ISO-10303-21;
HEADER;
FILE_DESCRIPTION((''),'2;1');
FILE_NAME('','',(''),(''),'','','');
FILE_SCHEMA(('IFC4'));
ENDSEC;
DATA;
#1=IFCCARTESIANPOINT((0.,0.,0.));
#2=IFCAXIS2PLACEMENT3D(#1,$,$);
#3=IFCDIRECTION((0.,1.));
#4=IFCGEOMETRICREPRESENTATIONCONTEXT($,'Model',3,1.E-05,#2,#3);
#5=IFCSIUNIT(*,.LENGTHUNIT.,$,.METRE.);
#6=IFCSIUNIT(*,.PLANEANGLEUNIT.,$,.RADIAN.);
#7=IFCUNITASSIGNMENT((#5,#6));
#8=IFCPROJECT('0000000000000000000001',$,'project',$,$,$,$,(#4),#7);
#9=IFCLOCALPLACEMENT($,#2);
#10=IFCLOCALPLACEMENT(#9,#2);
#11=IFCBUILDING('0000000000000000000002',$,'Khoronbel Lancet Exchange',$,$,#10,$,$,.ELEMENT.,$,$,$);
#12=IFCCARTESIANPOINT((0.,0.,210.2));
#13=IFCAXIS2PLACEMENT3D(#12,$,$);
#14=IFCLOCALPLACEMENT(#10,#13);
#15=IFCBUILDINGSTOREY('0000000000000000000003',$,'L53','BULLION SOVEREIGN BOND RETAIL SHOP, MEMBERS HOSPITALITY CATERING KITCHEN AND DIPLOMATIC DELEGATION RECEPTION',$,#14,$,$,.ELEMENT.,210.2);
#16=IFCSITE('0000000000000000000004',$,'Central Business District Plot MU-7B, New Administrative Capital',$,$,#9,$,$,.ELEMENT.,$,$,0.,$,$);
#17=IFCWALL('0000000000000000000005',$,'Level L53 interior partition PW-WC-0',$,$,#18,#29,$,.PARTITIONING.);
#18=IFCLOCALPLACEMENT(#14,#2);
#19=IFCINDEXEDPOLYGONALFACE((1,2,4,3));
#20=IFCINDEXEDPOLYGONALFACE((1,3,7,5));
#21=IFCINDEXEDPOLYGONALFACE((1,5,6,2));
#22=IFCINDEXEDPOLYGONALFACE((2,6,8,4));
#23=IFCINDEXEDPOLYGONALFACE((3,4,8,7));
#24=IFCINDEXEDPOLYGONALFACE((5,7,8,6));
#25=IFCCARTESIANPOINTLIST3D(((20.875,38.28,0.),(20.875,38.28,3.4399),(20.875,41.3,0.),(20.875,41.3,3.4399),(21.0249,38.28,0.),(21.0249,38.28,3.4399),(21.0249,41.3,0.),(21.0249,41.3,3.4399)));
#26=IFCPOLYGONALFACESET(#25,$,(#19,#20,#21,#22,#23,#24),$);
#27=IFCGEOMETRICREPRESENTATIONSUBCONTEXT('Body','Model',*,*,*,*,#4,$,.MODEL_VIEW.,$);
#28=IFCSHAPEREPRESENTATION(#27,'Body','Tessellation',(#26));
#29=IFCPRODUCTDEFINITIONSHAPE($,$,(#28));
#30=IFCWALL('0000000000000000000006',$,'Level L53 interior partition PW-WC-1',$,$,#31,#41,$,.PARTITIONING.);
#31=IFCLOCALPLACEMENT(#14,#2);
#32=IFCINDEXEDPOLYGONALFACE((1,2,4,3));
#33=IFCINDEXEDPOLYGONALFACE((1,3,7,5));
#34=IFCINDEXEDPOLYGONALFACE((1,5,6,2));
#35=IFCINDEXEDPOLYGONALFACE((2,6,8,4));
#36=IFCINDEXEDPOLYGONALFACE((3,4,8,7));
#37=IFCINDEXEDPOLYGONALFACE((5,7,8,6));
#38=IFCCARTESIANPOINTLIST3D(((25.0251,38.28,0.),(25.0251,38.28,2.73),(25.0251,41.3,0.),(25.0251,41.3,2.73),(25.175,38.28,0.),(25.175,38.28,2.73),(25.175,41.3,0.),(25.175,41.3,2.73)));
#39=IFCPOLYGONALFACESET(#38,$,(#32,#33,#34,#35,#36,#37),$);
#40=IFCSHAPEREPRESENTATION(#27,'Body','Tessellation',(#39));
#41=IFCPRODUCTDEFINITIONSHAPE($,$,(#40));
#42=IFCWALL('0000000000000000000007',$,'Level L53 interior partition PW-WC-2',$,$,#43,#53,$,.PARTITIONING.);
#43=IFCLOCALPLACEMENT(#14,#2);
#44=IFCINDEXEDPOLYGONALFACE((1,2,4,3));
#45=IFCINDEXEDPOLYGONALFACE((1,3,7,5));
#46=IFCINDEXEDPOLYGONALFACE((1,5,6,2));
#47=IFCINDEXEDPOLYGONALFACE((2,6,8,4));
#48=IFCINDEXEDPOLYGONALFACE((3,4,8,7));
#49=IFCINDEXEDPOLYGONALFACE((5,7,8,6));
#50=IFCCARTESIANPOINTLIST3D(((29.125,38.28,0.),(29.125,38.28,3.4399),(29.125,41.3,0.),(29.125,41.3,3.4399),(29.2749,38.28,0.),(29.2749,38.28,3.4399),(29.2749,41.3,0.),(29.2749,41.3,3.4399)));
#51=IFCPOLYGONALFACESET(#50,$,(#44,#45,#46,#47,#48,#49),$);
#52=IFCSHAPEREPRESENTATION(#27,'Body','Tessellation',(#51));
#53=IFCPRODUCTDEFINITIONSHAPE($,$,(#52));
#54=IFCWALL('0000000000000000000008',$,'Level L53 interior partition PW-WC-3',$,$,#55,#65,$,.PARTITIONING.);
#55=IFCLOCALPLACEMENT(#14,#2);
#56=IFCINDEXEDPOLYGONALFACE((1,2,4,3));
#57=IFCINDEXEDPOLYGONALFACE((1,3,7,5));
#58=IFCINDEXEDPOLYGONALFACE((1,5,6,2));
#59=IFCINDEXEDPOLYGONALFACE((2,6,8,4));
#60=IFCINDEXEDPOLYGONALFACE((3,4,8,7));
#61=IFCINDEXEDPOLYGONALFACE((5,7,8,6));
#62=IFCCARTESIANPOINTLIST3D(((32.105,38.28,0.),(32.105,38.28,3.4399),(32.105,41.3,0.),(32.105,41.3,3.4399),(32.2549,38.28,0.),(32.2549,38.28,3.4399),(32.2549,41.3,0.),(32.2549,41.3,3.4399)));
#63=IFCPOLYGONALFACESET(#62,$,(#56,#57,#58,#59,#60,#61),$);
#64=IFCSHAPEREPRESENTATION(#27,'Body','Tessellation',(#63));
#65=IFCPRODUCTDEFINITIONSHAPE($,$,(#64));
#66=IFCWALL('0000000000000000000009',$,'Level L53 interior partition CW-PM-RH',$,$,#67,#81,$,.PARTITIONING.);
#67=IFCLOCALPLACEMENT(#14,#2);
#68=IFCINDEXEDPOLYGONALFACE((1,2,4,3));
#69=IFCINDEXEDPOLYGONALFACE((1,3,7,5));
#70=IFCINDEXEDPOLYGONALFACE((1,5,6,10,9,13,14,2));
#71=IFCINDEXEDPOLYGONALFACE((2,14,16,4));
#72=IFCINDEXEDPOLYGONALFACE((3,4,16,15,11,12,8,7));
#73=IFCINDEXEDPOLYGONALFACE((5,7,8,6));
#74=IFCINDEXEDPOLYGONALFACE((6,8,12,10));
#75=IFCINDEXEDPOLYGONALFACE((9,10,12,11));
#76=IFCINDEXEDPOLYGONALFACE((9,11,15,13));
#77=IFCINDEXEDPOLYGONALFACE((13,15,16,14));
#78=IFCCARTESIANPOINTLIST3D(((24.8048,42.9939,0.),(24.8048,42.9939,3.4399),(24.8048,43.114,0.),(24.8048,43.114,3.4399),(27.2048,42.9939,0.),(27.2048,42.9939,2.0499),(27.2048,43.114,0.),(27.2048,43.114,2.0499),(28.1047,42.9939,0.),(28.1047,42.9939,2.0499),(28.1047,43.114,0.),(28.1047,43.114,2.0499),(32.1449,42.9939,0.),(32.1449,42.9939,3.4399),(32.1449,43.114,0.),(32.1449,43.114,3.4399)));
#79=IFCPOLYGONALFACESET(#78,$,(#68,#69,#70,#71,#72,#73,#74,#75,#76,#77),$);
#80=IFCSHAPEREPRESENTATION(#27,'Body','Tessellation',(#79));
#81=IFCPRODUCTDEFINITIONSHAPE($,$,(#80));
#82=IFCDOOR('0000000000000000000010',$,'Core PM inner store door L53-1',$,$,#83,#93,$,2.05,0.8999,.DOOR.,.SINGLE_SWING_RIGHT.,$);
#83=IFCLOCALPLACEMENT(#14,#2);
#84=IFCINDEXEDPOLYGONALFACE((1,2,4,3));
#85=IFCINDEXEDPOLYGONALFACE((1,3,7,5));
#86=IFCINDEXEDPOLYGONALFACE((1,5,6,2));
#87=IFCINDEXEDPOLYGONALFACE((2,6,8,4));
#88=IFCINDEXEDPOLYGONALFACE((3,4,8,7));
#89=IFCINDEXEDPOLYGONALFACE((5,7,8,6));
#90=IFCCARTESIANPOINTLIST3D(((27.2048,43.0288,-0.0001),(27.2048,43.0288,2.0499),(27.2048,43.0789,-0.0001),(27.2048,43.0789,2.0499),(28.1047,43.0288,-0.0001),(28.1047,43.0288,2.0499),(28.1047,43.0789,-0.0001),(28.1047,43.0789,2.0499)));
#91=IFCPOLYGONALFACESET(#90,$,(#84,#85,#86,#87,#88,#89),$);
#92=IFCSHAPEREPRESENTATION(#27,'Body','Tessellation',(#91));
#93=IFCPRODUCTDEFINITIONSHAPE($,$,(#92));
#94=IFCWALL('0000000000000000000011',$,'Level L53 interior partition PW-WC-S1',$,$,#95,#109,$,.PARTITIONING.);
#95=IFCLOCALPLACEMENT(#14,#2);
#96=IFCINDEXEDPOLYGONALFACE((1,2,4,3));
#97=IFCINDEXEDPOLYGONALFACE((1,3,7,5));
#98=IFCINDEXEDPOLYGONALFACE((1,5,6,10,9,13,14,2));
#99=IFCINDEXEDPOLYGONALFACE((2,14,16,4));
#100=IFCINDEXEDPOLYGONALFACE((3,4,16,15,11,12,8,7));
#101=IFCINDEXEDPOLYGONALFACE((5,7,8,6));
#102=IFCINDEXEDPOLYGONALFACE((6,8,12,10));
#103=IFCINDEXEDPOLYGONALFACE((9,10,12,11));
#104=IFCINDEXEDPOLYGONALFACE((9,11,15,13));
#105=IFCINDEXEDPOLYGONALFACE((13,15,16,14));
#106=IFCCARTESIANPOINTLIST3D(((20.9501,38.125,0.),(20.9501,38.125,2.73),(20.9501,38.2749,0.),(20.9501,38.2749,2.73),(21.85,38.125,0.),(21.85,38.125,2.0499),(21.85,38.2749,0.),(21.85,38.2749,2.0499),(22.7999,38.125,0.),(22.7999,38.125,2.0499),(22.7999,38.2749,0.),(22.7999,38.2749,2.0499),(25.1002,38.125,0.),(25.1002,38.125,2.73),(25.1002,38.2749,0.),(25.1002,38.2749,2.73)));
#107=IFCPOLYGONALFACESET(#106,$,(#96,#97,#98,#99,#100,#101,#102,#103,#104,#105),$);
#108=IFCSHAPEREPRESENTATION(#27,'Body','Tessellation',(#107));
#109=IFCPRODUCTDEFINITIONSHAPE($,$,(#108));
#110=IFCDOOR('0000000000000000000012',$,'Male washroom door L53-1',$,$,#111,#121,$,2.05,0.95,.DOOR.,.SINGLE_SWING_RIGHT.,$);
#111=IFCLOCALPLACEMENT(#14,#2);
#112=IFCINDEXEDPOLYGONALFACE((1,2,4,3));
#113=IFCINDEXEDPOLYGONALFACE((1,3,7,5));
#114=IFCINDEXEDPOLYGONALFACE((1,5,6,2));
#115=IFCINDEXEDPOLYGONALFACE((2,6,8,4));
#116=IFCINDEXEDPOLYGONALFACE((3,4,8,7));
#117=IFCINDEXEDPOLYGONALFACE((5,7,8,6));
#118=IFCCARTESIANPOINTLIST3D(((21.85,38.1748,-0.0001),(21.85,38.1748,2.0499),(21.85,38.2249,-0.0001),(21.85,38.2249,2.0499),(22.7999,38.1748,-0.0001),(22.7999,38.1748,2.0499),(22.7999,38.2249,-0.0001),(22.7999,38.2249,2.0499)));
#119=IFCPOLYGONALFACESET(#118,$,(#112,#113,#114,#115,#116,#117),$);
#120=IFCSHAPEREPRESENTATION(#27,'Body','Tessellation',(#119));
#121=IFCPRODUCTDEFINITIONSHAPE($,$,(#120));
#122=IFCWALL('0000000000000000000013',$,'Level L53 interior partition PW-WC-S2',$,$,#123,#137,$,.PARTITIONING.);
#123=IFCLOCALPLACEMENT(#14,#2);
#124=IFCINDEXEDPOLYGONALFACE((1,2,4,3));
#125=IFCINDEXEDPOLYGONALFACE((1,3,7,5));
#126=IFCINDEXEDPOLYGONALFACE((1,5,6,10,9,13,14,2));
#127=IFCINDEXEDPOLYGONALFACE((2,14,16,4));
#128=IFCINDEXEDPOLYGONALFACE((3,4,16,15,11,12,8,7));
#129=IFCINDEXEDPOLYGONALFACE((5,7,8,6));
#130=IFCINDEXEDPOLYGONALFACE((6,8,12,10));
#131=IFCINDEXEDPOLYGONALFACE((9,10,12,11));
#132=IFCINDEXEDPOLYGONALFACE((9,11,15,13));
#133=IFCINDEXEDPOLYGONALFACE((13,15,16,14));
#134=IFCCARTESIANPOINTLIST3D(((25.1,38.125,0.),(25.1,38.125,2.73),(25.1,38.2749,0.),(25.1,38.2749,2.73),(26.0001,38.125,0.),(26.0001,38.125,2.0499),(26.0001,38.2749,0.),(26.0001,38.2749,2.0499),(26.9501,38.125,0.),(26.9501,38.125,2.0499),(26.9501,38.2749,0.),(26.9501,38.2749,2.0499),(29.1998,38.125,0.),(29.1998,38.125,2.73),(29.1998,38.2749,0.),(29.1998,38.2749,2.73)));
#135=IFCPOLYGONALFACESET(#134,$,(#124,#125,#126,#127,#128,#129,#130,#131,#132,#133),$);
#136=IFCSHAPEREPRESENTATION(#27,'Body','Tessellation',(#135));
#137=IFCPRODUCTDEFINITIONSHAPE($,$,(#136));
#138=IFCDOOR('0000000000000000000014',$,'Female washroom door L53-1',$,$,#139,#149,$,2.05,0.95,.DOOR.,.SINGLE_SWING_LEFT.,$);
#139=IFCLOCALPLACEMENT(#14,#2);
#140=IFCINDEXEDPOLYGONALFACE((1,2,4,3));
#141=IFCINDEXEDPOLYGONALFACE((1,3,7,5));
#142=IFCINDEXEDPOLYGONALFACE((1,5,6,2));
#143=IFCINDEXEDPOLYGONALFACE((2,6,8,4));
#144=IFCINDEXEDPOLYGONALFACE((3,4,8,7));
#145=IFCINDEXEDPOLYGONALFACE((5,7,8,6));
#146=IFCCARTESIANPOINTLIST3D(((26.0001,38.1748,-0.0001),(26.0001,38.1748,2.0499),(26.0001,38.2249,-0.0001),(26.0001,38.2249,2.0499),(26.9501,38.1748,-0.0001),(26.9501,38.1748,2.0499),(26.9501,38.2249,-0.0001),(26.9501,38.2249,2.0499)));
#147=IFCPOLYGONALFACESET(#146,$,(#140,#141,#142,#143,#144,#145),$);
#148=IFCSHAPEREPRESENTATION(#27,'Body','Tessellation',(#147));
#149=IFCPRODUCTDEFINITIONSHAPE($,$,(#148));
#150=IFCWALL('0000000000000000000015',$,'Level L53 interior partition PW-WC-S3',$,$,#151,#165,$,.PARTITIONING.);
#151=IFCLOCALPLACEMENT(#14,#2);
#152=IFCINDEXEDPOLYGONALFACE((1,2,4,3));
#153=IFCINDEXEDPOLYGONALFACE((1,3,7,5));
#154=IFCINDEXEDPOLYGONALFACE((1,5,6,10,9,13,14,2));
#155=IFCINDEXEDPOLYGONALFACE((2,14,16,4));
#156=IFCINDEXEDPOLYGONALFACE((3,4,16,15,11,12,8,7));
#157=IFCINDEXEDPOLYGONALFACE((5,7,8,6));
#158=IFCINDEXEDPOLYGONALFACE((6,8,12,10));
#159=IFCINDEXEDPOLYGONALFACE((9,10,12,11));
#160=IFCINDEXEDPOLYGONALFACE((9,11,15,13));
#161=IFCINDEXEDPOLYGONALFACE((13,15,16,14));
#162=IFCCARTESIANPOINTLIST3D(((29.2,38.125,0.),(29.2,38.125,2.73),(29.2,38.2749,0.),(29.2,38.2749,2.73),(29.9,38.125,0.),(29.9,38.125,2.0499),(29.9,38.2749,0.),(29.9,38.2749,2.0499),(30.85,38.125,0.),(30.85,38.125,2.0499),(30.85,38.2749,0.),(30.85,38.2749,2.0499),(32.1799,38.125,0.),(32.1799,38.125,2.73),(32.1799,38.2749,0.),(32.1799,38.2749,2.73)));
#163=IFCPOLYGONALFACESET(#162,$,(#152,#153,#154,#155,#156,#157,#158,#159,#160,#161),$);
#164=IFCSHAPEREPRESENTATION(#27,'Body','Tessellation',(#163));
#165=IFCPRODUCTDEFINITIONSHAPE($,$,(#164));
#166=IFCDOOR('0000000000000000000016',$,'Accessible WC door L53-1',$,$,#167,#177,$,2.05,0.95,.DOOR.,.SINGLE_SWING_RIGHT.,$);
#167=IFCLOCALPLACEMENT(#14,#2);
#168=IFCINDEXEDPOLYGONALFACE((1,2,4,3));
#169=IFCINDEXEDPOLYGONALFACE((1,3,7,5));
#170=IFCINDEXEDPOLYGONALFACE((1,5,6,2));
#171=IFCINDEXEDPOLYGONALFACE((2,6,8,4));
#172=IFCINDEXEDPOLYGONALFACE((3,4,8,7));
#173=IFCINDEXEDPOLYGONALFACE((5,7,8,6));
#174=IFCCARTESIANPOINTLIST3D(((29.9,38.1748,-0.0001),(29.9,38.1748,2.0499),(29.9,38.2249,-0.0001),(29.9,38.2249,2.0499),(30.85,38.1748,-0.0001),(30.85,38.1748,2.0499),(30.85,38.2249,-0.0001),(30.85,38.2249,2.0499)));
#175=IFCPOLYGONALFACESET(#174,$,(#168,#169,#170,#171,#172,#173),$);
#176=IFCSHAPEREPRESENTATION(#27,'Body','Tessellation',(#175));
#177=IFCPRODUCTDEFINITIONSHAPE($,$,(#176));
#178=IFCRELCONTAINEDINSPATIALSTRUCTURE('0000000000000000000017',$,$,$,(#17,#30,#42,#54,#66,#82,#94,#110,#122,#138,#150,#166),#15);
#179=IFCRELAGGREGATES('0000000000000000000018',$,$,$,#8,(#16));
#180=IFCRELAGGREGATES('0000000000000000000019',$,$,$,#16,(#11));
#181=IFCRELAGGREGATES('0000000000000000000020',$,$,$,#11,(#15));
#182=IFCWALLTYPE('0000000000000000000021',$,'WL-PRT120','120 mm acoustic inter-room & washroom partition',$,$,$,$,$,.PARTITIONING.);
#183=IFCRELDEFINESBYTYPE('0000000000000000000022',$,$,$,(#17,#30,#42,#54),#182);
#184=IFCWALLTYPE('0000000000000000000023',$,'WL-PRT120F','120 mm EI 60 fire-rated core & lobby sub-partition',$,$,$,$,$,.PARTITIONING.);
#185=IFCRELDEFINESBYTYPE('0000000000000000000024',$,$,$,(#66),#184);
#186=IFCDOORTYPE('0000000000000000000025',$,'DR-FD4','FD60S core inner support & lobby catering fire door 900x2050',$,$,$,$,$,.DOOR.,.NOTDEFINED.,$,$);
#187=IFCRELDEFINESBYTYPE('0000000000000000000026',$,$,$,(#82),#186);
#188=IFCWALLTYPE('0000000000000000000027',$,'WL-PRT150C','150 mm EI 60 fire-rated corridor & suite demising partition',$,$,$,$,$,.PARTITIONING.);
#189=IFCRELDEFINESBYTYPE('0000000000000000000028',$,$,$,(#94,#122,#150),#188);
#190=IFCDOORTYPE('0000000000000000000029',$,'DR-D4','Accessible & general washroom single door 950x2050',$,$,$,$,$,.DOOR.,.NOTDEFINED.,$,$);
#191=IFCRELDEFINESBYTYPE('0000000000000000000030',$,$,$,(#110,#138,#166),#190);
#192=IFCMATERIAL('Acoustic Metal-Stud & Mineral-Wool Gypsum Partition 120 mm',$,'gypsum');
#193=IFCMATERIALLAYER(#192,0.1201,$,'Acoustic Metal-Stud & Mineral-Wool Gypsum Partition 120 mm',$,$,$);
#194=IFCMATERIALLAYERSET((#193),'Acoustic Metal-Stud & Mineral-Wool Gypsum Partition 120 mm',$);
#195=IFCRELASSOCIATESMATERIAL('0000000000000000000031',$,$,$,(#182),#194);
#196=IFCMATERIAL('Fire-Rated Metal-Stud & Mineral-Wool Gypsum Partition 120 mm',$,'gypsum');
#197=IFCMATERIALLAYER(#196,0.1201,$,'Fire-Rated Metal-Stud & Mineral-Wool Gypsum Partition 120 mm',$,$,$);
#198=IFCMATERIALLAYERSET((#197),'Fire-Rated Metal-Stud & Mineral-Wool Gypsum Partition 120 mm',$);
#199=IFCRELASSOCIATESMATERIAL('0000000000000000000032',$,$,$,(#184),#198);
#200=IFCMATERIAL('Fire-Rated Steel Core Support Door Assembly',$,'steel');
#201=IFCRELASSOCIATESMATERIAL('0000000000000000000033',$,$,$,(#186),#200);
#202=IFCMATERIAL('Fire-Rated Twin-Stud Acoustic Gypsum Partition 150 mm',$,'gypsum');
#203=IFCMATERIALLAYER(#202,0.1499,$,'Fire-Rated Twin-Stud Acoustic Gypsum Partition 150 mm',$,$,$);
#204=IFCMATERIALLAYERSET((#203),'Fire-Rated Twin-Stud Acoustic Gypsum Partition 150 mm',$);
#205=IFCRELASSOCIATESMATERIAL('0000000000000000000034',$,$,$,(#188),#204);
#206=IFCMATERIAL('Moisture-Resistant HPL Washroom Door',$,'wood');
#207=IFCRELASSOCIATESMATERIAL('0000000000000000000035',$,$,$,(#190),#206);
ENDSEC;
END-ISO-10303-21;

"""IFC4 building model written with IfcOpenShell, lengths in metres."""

from ifc_helpers import new_model, si_unit, direction, frame, frame_2d, origin, place, context, subcontext, project, spatial, rectangle, extrude, material, layer, layer_set, type_object, element, fill, save


model = new_model("IFC4")

# Units and contexts
model_context = context("Model", 3, precision=1e-05, world=origin(), true_north=direction((0.0, 1.0)))
body_context = subcontext(model_context, "Body", "Model", "MODEL_VIEW")
ifc_project = project(units=[si_unit("LENGTHUNIT", "METRE"), si_unit("PLANEANGLEUNIT", "RADIAN")], contexts=[model_context])

# Site, building, storey
site_placement = place(None, origin())
site = spatial("IfcSite", under=ifc_project, at=site_placement, Name="Central Business District Plot MU-7B, New Administrative Capital", CompositionType="ELEMENT", RefElevation=0.0)
building_placement = place(site_placement, origin())
building = spatial("IfcBuilding", under=site, at=building_placement, Name="Khoronbel Lancet Exchange", CompositionType="ELEMENT")
storey_placement = place(building_placement, frame((0.0, 0.0, 210.2)))
storey = spatial("IfcBuildingStorey", under=building, at=storey_placement, Name="L53", Description="BULLION SOVEREIGN BOND RETAIL SHOP, MEMBERS HOSPITALITY CATERING KITCHEN AND DIPLOMATIC DELEGATION RECEPTION", CompositionType="ELEMENT", Elevation=210.2)

# Walls
ifc_material_1 = material(Name="Acoustic Metal-Stud & Mineral-Wool Gypsum Partition 120 mm", Category="gypsum")
ifc_layer_1 = layer(ifc_material_1, 0.1201, Name="Acoustic Metal-Stud & Mineral-Wool Gypsum Partition 120 mm")
ifc_layer_set_1 = layer_set([ifc_layer_1], Name="Acoustic Metal-Stud & Mineral-Wool Gypsum Partition 120 mm")
wall_type_1 = type_object("IfcWallType", Name="WL-PRT120", Description="120 mm acoustic inter-room & washroom partition", PredefinedType="PARTITIONING", material=ifc_layer_set_1)
wall_1_placement = place(storey_placement, frame((20.95, 38.28, 0.0), z_axis=(0.0, 0.0, 1.0), x_axis=(0.0, 1.0, 0.0)))
element("IfcWall", 1, at=wall_1_placement, inside=storey, type_object=wall_type_1, Name="Level L53 interior partition PW-WC-0", PredefinedType="PARTITIONING", context=body_context, shape_type="SweptSolid", body=[
    extrude(rectangle(XDim=3.02, YDim=0.1499, at=frame_2d((1.51, 0.0))), origin(), (0.0, 0.0, 1.0), 3.4399),
])
wall_2_placement = place(storey_placement, frame((25.1001, 38.28, 0.0), z_axis=(0.0, 0.0, 1.0), x_axis=(0.0, 1.0, 0.0)))
element("IfcWall", 2, at=wall_2_placement, inside=storey, type_object=wall_type_1, Name="Level L53 interior partition PW-WC-1", PredefinedType="PARTITIONING", context=body_context, shape_type="SweptSolid", body=[
    extrude(rectangle(XDim=3.02, YDim=0.1499, at=frame_2d((1.51, 0.0))), origin(), (0.0, 0.0, 1.0), 2.73),
])
for number, where, z_axis, x_axis, name in (
    (3, (29.2, 38.28, 0.0), (0.0, 0.0, 1.0), (0.0, 1.0, 0.0), "Level L53 interior partition PW-WC-2"),
    (4, (32.1799, 38.28, 0.0), (0.0, 0.0, 1.0), (0.0, 1.0, 0.0), "Level L53 interior partition PW-WC-3"),
):
    element("IfcWall", number, at=place(storey_placement, frame(where, z_axis=z_axis, x_axis=x_axis)), inside=storey, type_object=wall_type_1, Name=name, PredefinedType="PARTITIONING", context=body_context, shape_type="SweptSolid", body=[
        extrude(rectangle(XDim=3.02, YDim=0.1499, at=frame_2d((1.51, 0.0))), origin(), (0.0, 0.0, 1.0), 3.4399),
    ])

# Walls, openings, doors
ifc_material_2 = material(Name="Fire-Rated Metal-Stud & Mineral-Wool Gypsum Partition 120 mm", Category="gypsum")
ifc_layer_2 = layer(ifc_material_2, 0.1201, Name="Fire-Rated Metal-Stud & Mineral-Wool Gypsum Partition 120 mm")
ifc_layer_set_2 = layer_set([ifc_layer_2], Name="Fire-Rated Metal-Stud & Mineral-Wool Gypsum Partition 120 mm")
wall_type_2 = type_object("IfcWallType", Name="WL-PRT120F", Description="120 mm EI 60 fire-rated core & lobby sub-partition", PredefinedType="PARTITIONING", material=ifc_layer_set_2)
wall_3_placement = place(storey_placement, frame((24.8049, 43.054, 0.0), z_axis=(0.0, 0.0, 1.0), x_axis=(1.0, 0.0, 0.0)))
wall_3 = element("IfcWall", 5, at=wall_3_placement, inside=storey, type_object=wall_type_2, Name="Level L53 interior partition CW-PM-RH", PredefinedType="PARTITIONING", context=body_context, shape_type="SweptSolid", body=[
    extrude(rectangle(XDim=7.3401, YDim=0.1201, at=frame_2d((3.6699, 0.0))), origin(), (0.0, 0.0, 1.0), 3.4399),
])
opening_1_placement = place(wall_3_placement, frame((2.3999, 0.0, 0.0)))
opening_1 = element("IfcOpeningElement", 6, at=opening_1_placement, cuts=wall_3, PredefinedType="OPENING", context=body_context, shape_type="SweptSolid", body=[
    extrude(rectangle(XDim=0.8999, YDim=2.05, at=frame_2d((0.45, 1.0249))), frame((0.0, 0.0701, 0.0), z_axis=(0.0, -1.0, 0.0), x_axis=(1.0, 0.0, 0.0)), (0.0, 0.0, 1.0), 0.1401),
])
ifc_material_3 = material(Name="Fire-Rated Steel Core Support Door Assembly", Category="steel")
door_type_1 = type_object("IfcDoorType", Name="DR-FD4", Description="FD60S core inner support & lobby catering fire door 900x2050", OperationType="NOTDEFINED", PredefinedType="DOOR", material=ifc_material_3)
door_1_placement = place(opening_1_placement, origin())
door_1 = element("IfcDoor", 7, at=door_1_placement, inside=storey, type_object=door_type_1, Name="Core PM inner store door L53-1", OperationType="SINGLE_SWING_RIGHT", OverallHeight=2.05, OverallWidth=0.8999, PredefinedType="DOOR", context=body_context, shape_type="SweptSolid", body=[
    extrude(rectangle(XDim=0.8999, YDim=2.05, at=frame_2d((0.45, 1.0249))), frame((0.0, 0.0249, 0.0), z_axis=(0.0, -1.0, 0.0), x_axis=(1.0, 0.0, 0.0)), (0.0, 0.0, 1.0), 0.05),
])
fill(opening_1, door_1)
ifc_material_4 = material(Name="Fire-Rated Twin-Stud Acoustic Gypsum Partition 150 mm", Category="gypsum")
ifc_layer_3 = layer(ifc_material_4, 0.1499, Name="Fire-Rated Twin-Stud Acoustic Gypsum Partition 150 mm")
ifc_layer_set_3 = layer_set([ifc_layer_3], Name="Fire-Rated Twin-Stud Acoustic Gypsum Partition 150 mm")
wall_type_3 = type_object("IfcWallType", Name="WL-PRT150C", Description="150 mm EI 60 fire-rated corridor & suite demising partition", PredefinedType="PARTITIONING", material=ifc_layer_set_3)
wall_4_placement = place(storey_placement, frame((20.95, 38.2, 0.0), z_axis=(0.0, 0.0, 1.0), x_axis=(1.0, 0.0, 0.0)))
wall_4 = element("IfcWall", 8, at=wall_4_placement, inside=storey, type_object=wall_type_3, Name="Level L53 interior partition PW-WC-S1", PredefinedType="PARTITIONING", context=body_context, shape_type="SweptSolid", body=[
    extrude(rectangle(XDim=4.1501, YDim=0.1499, at=frame_2d((2.0752, 0.0))), origin(), (0.0, 0.0, 1.0), 2.73),
])
opening_2_placement = place(wall_4_placement, frame((0.8999, 0.0, 0.0)))
opening_2 = element("IfcOpeningElement", 9, at=opening_2_placement, cuts=wall_4, PredefinedType="OPENING", context=body_context, shape_type="SweptSolid", body=[
    extrude(rectangle(XDim=0.95, YDim=2.05, at=frame_2d((0.4751, 1.0249))), frame((0.0, 0.085, 0.0), z_axis=(0.0, -1.0, 0.0), x_axis=(1.0, 0.0, 0.0)), (0.0, 0.0, 1.0), 0.1699),
])
ifc_material_5 = material(Name="Moisture-Resistant HPL Washroom Door", Category="wood")
door_type_2 = type_object("IfcDoorType", Name="DR-D4", Description="Accessible & general washroom single door 950x2050", OperationType="NOTDEFINED", PredefinedType="DOOR", material=ifc_material_5)
door_2_placement = place(opening_2_placement, origin())
door_2 = element("IfcDoor", 10, at=door_2_placement, inside=storey, type_object=door_type_2, Name="Male washroom door L53-1", OperationType="SINGLE_SWING_RIGHT", OverallHeight=2.05, OverallWidth=0.95, PredefinedType="DOOR", context=body_context, shape_type="SweptSolid", body=[
    extrude(rectangle(XDim=0.95, YDim=2.05, at=frame_2d((0.4751, 1.0249))), frame((0.0, 0.0249, 0.0), z_axis=(0.0, -1.0, 0.0), x_axis=(1.0, 0.0, 0.0)), (0.0, 0.0, 1.0), 0.05),
])
fill(opening_2, door_2)
wall_5_placement = place(storey_placement, frame((25.1001, 38.2, 0.0), z_axis=(0.0, 0.0, 1.0), x_axis=(1.0, 0.0, 0.0)))
wall_5 = element("IfcWall", 11, at=wall_5_placement, inside=storey, type_object=wall_type_3, Name="Level L53 interior partition PW-WC-S2", PredefinedType="PARTITIONING", context=body_context, shape_type="SweptSolid", body=[
    extrude(rectangle(XDim=4.0999, YDim=0.1499, at=frame_2d((2.0498, 0.0))), origin(), (0.0, 0.0, 1.0), 2.73),
])
opening_3_placement = place(wall_5_placement, frame((0.8999, 0.0, 0.0)))
opening_3 = element("IfcOpeningElement", 12, at=opening_3_placement, cuts=wall_5, PredefinedType="OPENING", context=body_context, shape_type="SweptSolid", body=[
    extrude(rectangle(XDim=0.95, YDim=2.05, at=frame_2d((0.4751, 1.0249))), frame((0.0, 0.085, 0.0), z_axis=(0.0, -1.0, 0.0), x_axis=(1.0, 0.0, 0.0)), (0.0, 0.0, 1.0), 0.1699),
])
door_3_placement = place(opening_3_placement, origin())
door_3 = element("IfcDoor", 13, at=door_3_placement, inside=storey, type_object=door_type_2, Name="Female washroom door L53-1", OperationType="SINGLE_SWING_LEFT", OverallHeight=2.05, OverallWidth=0.95, PredefinedType="DOOR", context=body_context, shape_type="SweptSolid", body=[
    extrude(rectangle(XDim=0.95, YDim=2.05, at=frame_2d((0.4751, 1.0249))), frame((0.0, 0.0249, 0.0), z_axis=(0.0, -1.0, 0.0), x_axis=(1.0, 0.0, 0.0)), (0.0, 0.0, 1.0), 0.05),
])
fill(opening_3, door_3)
wall_6_placement = place(storey_placement, frame((29.2, 38.2, 0.0), z_axis=(0.0, 0.0, 1.0), x_axis=(1.0, 0.0, 0.0)))
wall_6 = element("IfcWall", 14, at=wall_6_placement, inside=storey, type_object=wall_type_3, Name="Level L53 interior partition PW-WC-S3", PredefinedType="PARTITIONING", context=body_context, shape_type="SweptSolid", body=[
    extrude(rectangle(XDim=2.98, YDim=0.1499, at=frame_2d((1.49, 0.0))), origin(), (0.0, 0.0, 1.0), 2.73),
])
opening_4_placement = place(wall_6_placement, frame((0.7, 0.0, 0.0)))
opening_4 = element("IfcOpeningElement", 15, at=opening_4_placement, cuts=wall_6, PredefinedType="OPENING", context=body_context, shape_type="SweptSolid", body=[
    extrude(rectangle(XDim=0.95, YDim=2.05, at=frame_2d((0.4751, 1.0249))), frame((0.0, 0.085, 0.0), z_axis=(0.0, -1.0, 0.0), x_axis=(1.0, 0.0, 0.0)), (0.0, 0.0, 1.0), 0.1699),
])
door_4_placement = place(opening_4_placement, origin())
door_4 = element("IfcDoor", 16, at=door_4_placement, inside=storey, type_object=door_type_2, Name="Accessible WC door L53-1", OperationType="SINGLE_SWING_RIGHT", OverallHeight=2.05, OverallWidth=0.95, PredefinedType="DOOR", context=body_context, shape_type="SweptSolid", body=[
    extrude(rectangle(XDim=0.95, YDim=2.05, at=frame_2d((0.4751, 1.0249))), frame((0.0, 0.0249, 0.0), z_axis=(0.0, -1.0, 0.0), x_axis=(1.0, 0.0, 0.0)), (0.0, 0.0, 1.0), 0.05),
])
fill(opening_4, door_4)

save(model, "model.ifc")
